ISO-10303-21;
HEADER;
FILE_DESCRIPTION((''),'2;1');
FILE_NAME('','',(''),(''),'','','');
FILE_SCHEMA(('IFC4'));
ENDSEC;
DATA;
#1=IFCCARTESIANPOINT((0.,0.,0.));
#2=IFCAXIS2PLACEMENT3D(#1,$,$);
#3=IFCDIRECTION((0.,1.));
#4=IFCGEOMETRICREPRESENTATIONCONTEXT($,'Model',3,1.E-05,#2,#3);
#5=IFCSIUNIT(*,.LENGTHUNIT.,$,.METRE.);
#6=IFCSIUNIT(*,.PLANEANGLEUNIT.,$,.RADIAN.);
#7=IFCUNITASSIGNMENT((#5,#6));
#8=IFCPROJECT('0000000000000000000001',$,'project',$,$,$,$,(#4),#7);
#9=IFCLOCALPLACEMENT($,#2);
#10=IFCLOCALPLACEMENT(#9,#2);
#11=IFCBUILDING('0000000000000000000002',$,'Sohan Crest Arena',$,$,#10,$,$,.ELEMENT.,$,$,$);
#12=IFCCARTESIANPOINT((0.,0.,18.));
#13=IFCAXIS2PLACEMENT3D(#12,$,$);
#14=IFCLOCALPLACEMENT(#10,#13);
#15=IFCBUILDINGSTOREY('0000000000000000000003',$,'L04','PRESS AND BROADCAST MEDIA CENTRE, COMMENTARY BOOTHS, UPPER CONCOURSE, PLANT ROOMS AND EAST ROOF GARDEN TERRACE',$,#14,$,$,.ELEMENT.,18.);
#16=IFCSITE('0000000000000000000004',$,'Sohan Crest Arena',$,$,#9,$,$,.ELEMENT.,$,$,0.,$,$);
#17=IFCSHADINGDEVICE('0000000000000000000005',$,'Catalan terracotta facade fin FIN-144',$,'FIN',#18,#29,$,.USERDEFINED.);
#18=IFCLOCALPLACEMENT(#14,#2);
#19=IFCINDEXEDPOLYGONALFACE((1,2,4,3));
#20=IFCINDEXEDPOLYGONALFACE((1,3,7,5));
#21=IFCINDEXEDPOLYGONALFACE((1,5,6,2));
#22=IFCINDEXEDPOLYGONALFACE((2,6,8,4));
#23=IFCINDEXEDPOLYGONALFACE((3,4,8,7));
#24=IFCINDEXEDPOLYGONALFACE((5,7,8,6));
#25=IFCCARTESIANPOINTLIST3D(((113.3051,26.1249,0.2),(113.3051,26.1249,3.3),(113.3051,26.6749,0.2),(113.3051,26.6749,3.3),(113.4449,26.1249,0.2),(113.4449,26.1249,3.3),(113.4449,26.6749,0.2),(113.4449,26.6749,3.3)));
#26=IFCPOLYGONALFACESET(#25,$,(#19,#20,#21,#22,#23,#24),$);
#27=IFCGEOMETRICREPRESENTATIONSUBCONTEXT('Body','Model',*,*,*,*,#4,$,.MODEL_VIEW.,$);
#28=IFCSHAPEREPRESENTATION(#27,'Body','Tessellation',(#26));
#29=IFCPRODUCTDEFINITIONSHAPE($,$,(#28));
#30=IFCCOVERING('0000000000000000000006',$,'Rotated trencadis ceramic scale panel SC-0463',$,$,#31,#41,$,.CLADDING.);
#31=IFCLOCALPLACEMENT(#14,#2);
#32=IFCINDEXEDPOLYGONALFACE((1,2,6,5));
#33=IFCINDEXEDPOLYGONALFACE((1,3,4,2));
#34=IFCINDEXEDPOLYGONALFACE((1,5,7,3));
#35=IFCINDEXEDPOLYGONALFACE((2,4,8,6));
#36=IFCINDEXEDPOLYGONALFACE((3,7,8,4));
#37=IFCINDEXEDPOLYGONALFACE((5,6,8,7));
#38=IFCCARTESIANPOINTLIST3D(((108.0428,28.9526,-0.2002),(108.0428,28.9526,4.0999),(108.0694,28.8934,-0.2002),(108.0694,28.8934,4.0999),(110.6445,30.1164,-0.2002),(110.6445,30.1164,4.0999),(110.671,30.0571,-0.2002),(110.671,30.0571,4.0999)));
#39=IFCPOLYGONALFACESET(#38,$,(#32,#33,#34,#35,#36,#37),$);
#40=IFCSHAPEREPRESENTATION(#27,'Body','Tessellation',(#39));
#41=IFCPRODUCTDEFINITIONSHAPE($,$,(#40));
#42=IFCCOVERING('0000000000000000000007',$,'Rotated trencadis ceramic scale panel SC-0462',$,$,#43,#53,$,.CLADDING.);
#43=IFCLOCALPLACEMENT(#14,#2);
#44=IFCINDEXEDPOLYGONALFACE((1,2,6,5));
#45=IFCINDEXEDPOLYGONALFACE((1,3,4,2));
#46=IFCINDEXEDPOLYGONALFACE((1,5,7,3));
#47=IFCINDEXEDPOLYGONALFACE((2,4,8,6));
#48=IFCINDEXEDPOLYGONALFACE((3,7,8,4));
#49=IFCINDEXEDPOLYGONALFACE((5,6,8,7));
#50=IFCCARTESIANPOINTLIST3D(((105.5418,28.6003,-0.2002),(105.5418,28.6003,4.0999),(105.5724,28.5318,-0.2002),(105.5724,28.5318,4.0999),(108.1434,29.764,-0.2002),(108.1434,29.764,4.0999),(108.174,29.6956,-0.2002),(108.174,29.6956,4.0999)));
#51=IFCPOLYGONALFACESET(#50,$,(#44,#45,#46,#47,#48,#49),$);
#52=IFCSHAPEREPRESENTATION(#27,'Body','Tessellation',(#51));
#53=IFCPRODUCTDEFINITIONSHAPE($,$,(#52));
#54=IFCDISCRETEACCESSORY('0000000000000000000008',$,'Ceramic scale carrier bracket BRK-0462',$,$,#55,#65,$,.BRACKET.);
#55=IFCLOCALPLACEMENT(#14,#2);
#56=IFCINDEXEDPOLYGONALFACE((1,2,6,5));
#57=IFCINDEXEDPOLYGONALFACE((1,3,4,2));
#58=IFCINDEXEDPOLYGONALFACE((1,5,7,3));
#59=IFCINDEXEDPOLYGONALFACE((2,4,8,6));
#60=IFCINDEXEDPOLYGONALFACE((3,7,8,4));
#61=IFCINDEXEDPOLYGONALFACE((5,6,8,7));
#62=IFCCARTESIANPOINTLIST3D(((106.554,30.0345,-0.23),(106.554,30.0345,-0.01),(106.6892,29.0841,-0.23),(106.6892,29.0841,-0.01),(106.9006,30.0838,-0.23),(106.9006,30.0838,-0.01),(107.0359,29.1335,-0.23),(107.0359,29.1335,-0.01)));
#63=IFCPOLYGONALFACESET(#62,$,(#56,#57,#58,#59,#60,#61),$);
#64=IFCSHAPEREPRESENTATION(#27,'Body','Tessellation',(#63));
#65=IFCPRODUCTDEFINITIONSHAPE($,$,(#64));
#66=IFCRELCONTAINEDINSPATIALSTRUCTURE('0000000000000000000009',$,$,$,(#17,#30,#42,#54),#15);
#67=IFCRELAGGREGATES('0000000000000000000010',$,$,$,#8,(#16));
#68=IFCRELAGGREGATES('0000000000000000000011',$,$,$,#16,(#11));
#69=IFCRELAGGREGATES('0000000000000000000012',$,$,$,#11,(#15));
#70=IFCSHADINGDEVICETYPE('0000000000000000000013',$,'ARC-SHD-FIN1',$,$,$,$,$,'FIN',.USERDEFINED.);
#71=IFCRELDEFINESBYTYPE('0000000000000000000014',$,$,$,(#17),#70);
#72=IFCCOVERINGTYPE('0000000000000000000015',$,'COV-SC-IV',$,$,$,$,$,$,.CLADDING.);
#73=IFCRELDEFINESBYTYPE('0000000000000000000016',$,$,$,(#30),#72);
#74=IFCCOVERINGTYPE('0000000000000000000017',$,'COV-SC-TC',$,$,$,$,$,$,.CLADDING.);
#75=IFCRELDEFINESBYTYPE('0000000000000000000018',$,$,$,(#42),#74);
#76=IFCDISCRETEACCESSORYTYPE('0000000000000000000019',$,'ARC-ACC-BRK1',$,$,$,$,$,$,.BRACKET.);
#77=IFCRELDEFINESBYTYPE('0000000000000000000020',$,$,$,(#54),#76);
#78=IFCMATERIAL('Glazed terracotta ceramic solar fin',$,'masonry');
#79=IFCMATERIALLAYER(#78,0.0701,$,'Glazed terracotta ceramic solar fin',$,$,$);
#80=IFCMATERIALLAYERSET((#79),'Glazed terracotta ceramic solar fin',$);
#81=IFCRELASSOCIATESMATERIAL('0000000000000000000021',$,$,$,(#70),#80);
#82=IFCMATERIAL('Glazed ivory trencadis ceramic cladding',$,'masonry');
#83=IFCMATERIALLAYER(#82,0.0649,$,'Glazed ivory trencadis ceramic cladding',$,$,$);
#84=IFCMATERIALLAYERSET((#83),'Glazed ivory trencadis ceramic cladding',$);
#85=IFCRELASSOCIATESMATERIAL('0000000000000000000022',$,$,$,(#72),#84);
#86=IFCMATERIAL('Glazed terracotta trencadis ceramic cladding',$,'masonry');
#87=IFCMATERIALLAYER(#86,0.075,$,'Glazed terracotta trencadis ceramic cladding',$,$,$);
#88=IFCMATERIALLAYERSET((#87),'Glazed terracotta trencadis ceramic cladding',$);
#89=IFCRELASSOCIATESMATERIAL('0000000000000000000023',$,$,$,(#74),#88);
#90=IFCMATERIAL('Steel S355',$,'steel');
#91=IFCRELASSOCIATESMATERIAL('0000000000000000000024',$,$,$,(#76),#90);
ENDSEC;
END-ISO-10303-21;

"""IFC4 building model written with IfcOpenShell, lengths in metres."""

from ifc_helpers import new_model, si_unit, direction, frame, origin, origin_2d, place, context, subcontext, project, spatial, rectangle, extrude, material, layer, layer_set, type_object, element, save


model = new_model("IFC4")

# Units and contexts
model_context = context("Model", 3, precision=1e-05, world=origin(), true_north=direction((0.0, 1.0)))
body_context = subcontext(model_context, "Body", "Model", "MODEL_VIEW")
ifc_project = project(units=[si_unit("LENGTHUNIT", "METRE"), si_unit("PLANEANGLEUNIT", "RADIAN")], contexts=[model_context])

# Site, building, storey
site_placement = place(None, origin())
site = spatial("IfcSite", under=ifc_project, at=site_placement, Name="Sohan Crest Arena", CompositionType="ELEMENT", RefElevation=0.0)
building_placement = place(site_placement, origin())
building = spatial("IfcBuilding", under=site, at=building_placement, Name="Sohan Crest Arena", CompositionType="ELEMENT")
storey_placement = place(building_placement, frame((0.0, 0.0, 18.0)))
storey = spatial("IfcBuildingStorey", under=building, at=storey_placement, Name="L04", Description="PRESS AND BROADCAST MEDIA CENTRE, COMMENTARY BOOTHS, UPPER CONCOURSE, PLANT ROOMS AND EAST ROOF GARDEN TERRACE", CompositionType="ELEMENT", Elevation=18.0)

# Shared definitions
ifc_material_1 = material(Name="Steel S355", Category="steel")

# Shading device
ifc_material_2 = material(Name="Glazed terracotta ceramic solar fin", Category="masonry")
ifc_layer_1 = layer(ifc_material_2, 0.0701, Name="Glazed terracotta ceramic solar fin")
ifc_layer_set_1 = layer_set([ifc_layer_1], Name="Glazed terracotta ceramic solar fin")
shading_device_type = type_object("IfcShadingDeviceType", Name="ARC-SHD-FIN1", ElementType="FIN", PredefinedType="USERDEFINED", material=ifc_layer_set_1)
for number, where, z_axis, x_axis, name in (
    (1, (113.375, 26.3999, 0.2), (0.0, 0.0, 1.0), (-1.0, 0.0, 0.0), "Catalan terracotta facade fin FIN-144"),
):
    element("IfcShadingDevice", number, at=place(storey_placement, frame(where, z_axis=z_axis, x_axis=x_axis)), inside=storey, type_object=shading_device_type, Name=name, ObjectType="FIN", PredefinedType="USERDEFINED", context=body_context, shape_type="SweptSolid", body=[
        extrude(rectangle(XDim=0.1399, YDim=0.55, at=origin_2d()), origin(), (0.0, 0.0, 1.0), 3.1001),
    ])

# Coverings
ifc_material_3 = material(Name="Glazed ivory trencadis ceramic cladding", Category="masonry")
ifc_layer_2 = layer(ifc_material_3, 0.0649, Name="Glazed ivory trencadis ceramic cladding")
ifc_layer_set_2 = layer_set([ifc_layer_2], Name="Glazed ivory trencadis ceramic cladding")
covering_type_1 = type_object("IfcCoveringType", Name="COV-SC-IV", PredefinedType="CLADDING", material=ifc_layer_set_2)
covering_1_placement = place(storey_placement, frame((109.3569, 29.5049, -0.2002), z_axis=(0.0, 0.0, 1.0), x_axis=(0.912834, 0.40833, 0.0)))
element("IfcCovering", 2, at=covering_1_placement, inside=storey, type_object=covering_type_1, Name="Rotated trencadis ceramic scale panel SC-0463", PredefinedType="CLADDING", context=body_context, shape_type="SweptSolid", body=[
    extrude(rectangle(XDim=2.8501, YDim=0.0649, at=origin_2d()), origin(), (0.0, 0.0, 1.0), 4.3),
])
ifc_material_4 = material(Name="Glazed terracotta trencadis ceramic cladding", Category="masonry")
ifc_layer_3 = layer(ifc_material_4, 0.075, Name="Glazed terracotta trencadis ceramic cladding")
ifc_layer_set_3 = layer_set([ifc_layer_3], Name="Glazed terracotta trencadis ceramic cladding")
covering_type_2 = type_object("IfcCoveringType", Name="COV-SC-TC", PredefinedType="CLADDING", material=ifc_layer_set_3)
covering_2_placement = place(storey_placement, frame((106.8579, 29.1479, -0.2002), z_axis=(0.0, 0.0, 1.0), x_axis=(0.912834, 0.40833, 0.0)))
element("IfcCovering", 3, at=covering_2_placement, inside=storey, type_object=covering_type_2, Name="Rotated trencadis ceramic scale panel SC-0462", PredefinedType="CLADDING", context=body_context, shape_type="SweptSolid", body=[
    extrude(rectangle(XDim=2.8501, YDim=0.075, at=origin_2d()), origin(), (0.0, 0.0, 1.0), 4.3),
])

# Discrete accessory
discrete_accessory_type = type_object("IfcDiscreteAccessoryType", Name="ARC-ACC-BRK1", PredefinedType="BRACKET", material=ifc_material_1)
discrete_accessory_placement = place(storey_placement, frame((106.7949, 29.584, -0.23), z_axis=(0.0, 0.0, 1.0), x_axis=(0.990024, 0.140901, 0.0)))
element("IfcDiscreteAccessory", 4, at=discrete_accessory_placement, inside=storey, type_object=discrete_accessory_type, Name="Ceramic scale carrier bracket BRK-0462", PredefinedType="BRACKET", context=body_context, shape_type="SweptSolid", body=[
    extrude(rectangle(XDim=0.3501, YDim=0.96, at=origin_2d()), origin(), (0.0, 0.0, 1.0), 0.22),
])

save(model, "model.ifc")
